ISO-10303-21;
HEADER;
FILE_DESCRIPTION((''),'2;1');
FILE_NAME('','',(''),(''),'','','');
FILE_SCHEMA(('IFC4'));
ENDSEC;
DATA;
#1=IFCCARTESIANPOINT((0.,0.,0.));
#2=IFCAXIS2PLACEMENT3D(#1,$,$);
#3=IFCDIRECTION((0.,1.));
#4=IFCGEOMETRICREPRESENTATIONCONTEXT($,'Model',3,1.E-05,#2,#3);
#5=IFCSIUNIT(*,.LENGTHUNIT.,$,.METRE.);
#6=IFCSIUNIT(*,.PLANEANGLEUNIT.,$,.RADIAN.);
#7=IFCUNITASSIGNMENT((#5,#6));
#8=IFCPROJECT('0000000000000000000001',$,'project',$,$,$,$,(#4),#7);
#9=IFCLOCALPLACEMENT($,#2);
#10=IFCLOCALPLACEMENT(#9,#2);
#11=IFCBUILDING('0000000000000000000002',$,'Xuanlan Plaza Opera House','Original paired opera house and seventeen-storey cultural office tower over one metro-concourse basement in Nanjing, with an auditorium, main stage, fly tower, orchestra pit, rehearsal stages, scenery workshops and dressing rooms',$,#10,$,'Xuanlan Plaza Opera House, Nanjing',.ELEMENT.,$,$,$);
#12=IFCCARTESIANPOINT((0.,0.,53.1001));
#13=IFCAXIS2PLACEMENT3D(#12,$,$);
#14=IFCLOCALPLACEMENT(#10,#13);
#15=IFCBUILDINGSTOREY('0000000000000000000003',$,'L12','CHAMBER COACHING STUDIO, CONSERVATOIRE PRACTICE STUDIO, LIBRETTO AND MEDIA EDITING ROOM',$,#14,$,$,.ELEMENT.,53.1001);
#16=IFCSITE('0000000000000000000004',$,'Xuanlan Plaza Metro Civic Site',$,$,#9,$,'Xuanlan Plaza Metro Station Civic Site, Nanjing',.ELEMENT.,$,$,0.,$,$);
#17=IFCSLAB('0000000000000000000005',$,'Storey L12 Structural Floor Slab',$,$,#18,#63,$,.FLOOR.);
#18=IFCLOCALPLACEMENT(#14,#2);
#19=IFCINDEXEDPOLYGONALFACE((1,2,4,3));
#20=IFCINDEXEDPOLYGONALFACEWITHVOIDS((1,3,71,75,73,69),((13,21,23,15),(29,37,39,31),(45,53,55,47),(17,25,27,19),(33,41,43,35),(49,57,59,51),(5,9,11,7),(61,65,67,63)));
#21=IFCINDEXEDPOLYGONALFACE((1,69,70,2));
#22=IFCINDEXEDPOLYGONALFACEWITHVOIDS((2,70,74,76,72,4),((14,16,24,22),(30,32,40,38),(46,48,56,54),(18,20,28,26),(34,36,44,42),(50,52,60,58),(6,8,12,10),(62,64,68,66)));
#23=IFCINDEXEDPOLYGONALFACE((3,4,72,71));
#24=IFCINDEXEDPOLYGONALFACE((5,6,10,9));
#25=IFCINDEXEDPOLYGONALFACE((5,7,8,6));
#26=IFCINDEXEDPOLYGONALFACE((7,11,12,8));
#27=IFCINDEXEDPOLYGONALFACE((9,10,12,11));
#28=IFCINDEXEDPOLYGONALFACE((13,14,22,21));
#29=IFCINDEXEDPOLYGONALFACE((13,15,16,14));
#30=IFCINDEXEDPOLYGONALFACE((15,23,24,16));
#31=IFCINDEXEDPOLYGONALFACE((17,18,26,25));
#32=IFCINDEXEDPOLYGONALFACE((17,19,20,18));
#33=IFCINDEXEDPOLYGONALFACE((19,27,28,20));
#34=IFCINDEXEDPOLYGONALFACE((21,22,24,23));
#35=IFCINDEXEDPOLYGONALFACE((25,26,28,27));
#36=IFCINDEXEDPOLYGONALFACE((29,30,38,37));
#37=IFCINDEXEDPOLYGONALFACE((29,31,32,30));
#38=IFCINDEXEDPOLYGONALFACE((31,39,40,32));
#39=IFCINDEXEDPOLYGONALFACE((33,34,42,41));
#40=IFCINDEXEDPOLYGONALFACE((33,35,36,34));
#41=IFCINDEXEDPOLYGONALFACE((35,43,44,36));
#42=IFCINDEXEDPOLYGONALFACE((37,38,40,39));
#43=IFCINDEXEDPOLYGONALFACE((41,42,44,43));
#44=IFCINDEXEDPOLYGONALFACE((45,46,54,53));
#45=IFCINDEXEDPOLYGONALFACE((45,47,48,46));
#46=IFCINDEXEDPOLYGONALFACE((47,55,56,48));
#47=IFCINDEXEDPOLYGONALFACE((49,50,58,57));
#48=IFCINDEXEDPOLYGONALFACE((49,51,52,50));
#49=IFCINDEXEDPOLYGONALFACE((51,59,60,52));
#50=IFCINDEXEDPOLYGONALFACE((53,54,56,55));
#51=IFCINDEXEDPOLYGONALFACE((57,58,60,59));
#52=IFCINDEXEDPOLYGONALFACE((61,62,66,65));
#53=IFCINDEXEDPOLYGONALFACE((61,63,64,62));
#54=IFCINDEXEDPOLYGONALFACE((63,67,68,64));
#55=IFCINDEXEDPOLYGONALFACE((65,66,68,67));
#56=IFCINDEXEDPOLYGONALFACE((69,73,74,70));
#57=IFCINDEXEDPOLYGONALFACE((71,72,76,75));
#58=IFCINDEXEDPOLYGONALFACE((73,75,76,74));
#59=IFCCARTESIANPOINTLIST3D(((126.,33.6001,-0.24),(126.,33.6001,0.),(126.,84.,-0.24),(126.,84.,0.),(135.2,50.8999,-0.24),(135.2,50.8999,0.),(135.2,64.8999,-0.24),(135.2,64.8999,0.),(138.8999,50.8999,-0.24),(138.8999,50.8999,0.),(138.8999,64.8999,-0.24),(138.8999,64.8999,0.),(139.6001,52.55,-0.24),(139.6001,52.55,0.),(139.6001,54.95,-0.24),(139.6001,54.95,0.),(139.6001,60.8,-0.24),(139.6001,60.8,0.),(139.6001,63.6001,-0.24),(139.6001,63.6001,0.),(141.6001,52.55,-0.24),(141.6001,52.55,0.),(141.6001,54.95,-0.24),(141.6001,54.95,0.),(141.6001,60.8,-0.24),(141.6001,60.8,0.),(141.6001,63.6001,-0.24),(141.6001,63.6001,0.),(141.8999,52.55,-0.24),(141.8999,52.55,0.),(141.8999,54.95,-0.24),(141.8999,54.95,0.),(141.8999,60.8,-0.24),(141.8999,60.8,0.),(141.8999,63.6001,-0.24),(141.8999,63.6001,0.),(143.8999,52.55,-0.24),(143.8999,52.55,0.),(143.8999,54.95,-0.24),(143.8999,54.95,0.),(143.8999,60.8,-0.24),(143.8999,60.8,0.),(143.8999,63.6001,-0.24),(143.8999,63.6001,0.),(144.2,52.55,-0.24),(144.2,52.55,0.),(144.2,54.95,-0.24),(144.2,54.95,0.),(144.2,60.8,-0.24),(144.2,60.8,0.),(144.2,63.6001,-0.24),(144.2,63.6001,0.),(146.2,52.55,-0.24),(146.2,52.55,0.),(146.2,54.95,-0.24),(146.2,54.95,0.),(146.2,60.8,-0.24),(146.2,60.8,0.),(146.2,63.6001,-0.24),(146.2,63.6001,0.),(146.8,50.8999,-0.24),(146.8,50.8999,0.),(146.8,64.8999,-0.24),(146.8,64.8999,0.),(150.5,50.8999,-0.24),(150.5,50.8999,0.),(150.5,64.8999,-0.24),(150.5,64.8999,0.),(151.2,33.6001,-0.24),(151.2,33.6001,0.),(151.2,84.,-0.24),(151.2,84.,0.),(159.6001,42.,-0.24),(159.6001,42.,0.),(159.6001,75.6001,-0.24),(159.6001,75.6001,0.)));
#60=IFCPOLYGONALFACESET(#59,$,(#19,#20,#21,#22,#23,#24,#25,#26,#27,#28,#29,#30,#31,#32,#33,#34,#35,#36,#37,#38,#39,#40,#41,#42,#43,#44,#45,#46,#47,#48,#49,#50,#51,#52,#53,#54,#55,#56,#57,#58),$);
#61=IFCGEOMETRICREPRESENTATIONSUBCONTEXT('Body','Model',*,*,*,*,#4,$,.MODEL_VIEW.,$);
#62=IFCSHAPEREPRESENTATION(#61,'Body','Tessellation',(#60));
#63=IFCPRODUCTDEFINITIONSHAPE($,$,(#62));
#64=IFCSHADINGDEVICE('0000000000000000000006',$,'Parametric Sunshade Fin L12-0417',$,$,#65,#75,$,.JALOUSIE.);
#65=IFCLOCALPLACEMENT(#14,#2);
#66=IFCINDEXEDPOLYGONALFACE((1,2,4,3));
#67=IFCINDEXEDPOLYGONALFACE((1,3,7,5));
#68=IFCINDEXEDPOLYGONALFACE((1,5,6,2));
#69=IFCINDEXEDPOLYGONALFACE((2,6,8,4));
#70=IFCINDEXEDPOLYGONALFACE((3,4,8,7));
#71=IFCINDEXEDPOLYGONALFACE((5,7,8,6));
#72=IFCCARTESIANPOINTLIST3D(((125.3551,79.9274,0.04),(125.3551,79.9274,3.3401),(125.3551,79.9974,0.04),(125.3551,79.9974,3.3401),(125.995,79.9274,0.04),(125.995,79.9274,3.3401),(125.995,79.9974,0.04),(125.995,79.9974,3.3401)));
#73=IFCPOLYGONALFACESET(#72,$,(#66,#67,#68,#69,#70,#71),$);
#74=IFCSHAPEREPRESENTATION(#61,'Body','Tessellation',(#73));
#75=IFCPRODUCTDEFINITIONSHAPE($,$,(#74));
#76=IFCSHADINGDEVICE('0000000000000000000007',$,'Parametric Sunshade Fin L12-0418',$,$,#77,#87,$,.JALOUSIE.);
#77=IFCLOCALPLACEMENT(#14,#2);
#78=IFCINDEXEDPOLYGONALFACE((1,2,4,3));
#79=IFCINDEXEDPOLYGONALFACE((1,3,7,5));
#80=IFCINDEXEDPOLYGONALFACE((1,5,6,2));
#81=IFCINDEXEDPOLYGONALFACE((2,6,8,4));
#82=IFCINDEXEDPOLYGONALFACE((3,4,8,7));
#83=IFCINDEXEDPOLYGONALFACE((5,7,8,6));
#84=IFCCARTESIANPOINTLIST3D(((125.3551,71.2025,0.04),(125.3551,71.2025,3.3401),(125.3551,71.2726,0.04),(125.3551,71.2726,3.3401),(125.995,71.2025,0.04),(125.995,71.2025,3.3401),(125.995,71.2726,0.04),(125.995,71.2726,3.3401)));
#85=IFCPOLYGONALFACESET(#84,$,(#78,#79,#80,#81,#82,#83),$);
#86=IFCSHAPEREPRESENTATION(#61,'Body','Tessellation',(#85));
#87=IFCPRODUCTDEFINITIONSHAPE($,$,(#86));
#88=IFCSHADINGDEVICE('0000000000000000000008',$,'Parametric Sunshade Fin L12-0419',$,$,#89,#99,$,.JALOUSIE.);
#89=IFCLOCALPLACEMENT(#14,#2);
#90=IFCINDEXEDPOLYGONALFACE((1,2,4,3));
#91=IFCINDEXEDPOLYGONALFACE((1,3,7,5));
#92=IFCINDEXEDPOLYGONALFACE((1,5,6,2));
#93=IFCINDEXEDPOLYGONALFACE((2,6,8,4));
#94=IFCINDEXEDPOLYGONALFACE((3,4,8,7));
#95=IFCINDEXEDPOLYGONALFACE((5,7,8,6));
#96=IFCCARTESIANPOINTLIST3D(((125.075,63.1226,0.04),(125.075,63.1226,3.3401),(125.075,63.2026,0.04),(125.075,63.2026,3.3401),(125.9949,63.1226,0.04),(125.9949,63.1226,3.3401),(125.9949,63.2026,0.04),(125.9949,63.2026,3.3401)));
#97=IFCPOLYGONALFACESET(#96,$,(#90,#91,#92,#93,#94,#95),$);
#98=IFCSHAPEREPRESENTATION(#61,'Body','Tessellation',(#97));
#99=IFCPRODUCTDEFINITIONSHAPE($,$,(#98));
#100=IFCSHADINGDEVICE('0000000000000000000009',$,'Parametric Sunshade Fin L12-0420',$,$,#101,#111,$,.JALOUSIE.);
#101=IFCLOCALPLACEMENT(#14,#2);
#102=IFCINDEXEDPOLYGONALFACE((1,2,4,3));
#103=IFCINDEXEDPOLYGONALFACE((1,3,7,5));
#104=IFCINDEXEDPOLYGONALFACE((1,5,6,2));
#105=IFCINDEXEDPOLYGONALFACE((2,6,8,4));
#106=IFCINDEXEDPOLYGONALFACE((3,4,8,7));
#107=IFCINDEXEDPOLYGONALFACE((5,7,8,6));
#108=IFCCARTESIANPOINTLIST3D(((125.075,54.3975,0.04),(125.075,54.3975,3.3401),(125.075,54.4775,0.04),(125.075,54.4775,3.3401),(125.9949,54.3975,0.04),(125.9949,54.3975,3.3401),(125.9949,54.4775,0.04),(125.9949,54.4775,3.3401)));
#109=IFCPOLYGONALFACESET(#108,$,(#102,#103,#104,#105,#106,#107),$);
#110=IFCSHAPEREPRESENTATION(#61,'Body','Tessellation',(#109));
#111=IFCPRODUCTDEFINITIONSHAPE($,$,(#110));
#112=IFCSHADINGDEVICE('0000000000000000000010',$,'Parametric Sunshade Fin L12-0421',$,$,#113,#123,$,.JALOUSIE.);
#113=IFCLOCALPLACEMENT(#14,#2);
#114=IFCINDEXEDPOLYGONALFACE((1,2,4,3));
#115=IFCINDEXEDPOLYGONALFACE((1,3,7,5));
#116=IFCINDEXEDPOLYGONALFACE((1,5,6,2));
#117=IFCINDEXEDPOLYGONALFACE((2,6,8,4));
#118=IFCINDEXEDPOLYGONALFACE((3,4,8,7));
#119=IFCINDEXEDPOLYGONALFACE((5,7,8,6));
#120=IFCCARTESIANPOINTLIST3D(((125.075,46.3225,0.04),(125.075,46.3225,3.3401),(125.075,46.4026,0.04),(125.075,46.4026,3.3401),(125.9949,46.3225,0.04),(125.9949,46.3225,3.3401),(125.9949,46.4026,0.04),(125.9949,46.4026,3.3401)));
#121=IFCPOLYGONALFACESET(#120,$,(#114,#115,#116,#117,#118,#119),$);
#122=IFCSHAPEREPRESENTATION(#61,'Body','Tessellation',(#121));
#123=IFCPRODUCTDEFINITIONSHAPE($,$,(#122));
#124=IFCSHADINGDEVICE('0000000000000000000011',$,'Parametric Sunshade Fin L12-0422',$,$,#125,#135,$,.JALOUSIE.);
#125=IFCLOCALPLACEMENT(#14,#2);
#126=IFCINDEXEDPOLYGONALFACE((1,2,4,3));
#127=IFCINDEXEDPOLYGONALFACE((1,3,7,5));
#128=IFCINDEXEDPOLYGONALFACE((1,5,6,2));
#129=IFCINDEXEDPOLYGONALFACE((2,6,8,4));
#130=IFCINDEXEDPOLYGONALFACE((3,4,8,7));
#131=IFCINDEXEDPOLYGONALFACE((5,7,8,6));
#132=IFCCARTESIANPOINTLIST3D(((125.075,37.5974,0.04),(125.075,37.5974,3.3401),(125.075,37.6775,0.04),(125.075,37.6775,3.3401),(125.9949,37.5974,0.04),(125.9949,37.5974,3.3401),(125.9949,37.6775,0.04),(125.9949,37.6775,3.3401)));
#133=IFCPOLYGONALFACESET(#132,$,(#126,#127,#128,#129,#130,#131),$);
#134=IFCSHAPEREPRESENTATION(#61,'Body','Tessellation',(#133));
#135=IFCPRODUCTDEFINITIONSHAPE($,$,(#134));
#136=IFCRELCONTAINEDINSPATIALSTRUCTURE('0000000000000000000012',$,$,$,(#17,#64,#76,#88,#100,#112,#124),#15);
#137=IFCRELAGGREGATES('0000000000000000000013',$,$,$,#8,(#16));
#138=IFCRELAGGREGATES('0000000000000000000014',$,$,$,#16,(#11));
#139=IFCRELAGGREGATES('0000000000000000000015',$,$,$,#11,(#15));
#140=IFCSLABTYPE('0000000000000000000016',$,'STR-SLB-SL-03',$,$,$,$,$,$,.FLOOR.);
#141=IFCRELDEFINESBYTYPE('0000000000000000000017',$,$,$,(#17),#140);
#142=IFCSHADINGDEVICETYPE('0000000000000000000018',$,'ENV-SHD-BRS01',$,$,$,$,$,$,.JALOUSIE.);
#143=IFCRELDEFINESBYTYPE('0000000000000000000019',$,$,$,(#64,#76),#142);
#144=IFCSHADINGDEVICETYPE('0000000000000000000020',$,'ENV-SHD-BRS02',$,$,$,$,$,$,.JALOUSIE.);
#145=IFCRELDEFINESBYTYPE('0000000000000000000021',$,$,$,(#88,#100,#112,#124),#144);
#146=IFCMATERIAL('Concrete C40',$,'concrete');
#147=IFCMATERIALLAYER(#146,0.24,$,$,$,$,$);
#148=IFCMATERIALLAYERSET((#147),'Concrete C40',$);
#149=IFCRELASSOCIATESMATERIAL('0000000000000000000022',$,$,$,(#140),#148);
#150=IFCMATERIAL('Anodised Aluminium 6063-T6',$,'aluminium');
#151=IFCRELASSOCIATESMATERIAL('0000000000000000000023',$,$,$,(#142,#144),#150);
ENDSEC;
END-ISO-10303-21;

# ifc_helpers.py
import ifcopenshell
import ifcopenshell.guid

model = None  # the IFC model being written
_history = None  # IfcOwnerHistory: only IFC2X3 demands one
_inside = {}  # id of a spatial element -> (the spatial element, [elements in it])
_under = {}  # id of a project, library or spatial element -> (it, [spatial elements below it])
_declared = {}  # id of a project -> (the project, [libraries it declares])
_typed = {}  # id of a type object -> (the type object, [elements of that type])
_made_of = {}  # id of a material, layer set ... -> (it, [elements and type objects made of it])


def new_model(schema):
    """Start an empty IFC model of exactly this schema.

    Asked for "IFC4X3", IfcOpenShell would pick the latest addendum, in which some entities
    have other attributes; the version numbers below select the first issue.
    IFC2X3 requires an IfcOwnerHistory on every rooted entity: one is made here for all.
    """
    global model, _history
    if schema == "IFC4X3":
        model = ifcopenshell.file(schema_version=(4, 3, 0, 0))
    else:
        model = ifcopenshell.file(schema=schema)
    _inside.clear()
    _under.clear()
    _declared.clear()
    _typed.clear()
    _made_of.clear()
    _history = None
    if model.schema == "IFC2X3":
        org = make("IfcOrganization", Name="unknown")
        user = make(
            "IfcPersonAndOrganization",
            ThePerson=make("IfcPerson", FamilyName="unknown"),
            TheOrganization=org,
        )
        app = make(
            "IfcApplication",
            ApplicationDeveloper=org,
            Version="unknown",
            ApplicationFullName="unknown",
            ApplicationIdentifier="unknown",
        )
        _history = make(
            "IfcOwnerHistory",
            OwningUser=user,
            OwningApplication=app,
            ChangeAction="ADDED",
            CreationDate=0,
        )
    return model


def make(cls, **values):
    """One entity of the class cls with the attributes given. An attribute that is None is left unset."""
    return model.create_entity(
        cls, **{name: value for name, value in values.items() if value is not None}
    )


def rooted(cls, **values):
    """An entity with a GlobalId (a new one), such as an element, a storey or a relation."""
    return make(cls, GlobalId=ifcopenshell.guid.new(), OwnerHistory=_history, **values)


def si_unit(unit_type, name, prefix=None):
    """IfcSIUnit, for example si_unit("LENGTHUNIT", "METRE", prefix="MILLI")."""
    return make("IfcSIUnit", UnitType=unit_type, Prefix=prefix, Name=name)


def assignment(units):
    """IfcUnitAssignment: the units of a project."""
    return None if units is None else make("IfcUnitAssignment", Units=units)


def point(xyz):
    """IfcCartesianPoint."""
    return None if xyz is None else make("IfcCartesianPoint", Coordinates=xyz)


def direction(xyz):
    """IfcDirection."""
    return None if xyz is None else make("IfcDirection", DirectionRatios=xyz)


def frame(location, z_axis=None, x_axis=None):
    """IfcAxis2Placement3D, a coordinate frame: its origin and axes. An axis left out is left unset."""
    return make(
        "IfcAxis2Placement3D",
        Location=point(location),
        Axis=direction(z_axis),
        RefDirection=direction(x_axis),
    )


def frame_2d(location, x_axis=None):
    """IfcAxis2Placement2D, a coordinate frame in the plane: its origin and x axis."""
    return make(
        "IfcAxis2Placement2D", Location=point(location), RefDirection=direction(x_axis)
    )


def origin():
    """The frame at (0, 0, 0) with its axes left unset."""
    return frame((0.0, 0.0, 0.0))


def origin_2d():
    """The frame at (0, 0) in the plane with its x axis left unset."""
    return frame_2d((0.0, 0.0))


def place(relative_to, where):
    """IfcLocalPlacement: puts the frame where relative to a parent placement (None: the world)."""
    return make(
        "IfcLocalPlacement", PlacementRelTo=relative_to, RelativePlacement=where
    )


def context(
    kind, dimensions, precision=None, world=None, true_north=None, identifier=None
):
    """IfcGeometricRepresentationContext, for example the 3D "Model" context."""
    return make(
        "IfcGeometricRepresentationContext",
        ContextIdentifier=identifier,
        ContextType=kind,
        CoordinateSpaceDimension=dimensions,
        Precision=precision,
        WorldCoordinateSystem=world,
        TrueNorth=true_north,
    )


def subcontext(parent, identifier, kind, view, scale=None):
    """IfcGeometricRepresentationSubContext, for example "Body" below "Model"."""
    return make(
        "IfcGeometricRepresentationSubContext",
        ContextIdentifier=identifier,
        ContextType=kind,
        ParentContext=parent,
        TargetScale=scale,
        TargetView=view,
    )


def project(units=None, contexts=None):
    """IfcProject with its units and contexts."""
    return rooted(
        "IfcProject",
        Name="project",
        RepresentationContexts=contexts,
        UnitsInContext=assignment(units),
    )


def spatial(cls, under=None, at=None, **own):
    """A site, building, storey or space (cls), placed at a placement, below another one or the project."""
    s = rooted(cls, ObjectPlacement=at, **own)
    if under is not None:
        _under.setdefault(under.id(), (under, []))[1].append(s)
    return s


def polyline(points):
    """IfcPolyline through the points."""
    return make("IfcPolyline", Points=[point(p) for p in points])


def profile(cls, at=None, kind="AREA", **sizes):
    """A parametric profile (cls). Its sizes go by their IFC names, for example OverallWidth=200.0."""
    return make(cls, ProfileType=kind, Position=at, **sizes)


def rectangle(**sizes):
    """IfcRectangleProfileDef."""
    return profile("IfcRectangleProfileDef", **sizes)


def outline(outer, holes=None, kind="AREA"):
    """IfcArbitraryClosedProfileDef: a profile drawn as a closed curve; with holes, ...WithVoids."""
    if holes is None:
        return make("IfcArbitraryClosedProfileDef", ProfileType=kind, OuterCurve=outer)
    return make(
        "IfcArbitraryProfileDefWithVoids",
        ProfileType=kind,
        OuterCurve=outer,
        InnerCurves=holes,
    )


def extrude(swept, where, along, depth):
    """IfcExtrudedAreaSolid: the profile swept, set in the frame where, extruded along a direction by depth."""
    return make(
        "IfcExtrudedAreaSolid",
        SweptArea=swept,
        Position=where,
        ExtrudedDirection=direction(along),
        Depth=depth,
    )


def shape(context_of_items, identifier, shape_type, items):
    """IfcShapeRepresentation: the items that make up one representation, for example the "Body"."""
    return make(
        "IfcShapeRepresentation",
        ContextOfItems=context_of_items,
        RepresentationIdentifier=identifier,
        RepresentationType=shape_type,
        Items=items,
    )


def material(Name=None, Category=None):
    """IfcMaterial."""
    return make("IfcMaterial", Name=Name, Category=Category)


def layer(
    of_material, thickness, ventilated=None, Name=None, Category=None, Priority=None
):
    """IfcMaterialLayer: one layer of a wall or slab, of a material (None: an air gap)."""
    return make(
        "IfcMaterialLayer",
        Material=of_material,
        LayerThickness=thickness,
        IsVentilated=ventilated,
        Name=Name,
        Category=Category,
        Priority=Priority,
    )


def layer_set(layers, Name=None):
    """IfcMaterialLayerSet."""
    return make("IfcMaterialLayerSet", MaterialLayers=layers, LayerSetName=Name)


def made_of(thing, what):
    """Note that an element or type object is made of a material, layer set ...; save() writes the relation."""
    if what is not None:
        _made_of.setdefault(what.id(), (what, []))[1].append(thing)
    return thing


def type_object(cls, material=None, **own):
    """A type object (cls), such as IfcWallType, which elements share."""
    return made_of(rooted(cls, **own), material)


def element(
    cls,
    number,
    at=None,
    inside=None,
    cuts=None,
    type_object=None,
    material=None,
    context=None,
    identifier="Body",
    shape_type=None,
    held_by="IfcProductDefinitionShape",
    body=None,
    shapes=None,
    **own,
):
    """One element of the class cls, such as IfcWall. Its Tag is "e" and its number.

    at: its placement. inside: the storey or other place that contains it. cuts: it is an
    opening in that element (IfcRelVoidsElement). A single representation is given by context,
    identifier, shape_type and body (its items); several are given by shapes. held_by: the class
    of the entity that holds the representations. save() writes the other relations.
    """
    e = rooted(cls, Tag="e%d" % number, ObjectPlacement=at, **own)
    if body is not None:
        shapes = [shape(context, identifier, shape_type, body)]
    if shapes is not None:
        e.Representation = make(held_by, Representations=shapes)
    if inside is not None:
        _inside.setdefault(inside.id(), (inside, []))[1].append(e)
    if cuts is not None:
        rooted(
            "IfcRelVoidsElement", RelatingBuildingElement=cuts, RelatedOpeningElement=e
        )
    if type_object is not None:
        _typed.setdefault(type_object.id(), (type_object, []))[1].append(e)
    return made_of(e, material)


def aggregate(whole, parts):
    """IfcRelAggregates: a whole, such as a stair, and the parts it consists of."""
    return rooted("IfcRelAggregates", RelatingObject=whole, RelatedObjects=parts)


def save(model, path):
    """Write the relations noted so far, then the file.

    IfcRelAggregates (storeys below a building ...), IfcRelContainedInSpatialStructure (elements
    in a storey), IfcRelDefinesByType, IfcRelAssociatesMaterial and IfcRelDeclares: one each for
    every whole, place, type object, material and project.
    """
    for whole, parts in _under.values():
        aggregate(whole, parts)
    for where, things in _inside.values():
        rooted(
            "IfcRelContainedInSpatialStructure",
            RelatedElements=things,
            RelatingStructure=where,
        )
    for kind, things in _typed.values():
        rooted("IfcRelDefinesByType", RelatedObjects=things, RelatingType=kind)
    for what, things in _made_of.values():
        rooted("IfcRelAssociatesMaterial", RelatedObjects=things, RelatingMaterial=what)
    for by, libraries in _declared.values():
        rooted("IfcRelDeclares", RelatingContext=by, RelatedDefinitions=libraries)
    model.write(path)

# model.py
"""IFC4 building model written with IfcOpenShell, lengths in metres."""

from ifc_helpers import new_model, si_unit, direction, frame, origin, origin_2d, place, context, subcontext, project, spatial, polyline, rectangle, outline, extrude, material, layer, layer_set, type_object, element, save


model = new_model("IFC4")

# Units and contexts
model_context = context("Model", 3, precision=1e-05, world=origin(), true_north=direction((0.0, 1.0)))
body_context = subcontext(model_context, "Body", "Model", "MODEL_VIEW")
ifc_project = project(units=[si_unit("LENGTHUNIT", "METRE"), si_unit("PLANEANGLEUNIT", "RADIAN")], contexts=[model_context])

# Site, building, storey
site_placement = place(None, origin())
site = spatial("IfcSite", under=ifc_project, at=site_placement, Name="Xuanlan Plaza Metro Civic Site", LongName="Xuanlan Plaza Metro Station Civic Site, Nanjing", CompositionType="ELEMENT", RefElevation=0.0)
building_placement = place(site_placement, origin())
building = spatial("IfcBuilding", under=site, at=building_placement, Name="Xuanlan Plaza Opera House", Description="Original paired opera house and seventeen-storey cultural office tower over one metro-concourse basement in Nanjing, with an auditorium, main stage, fly tower, orchestra pit, rehearsal stages, scenery workshops and dressing rooms", LongName="Xuanlan Plaza Opera House, Nanjing", CompositionType="ELEMENT")
storey_placement = place(building_placement, frame((0.0, 0.0, 53.1001)))
storey = spatial("IfcBuildingStorey", under=building, at=storey_placement, Name="L12", Description="CHAMBER COACHING STUDIO, CONSERVATOIRE PRACTICE STUDIO, LIBRETTO AND MEDIA EDITING ROOM", CompositionType="ELEMENT", Elevation=53.1001)

# Shared definitions
ifc_material_1 = material(Name="Anodised Aluminium 6063-T6", Category="aluminium")

# Shared definitions
ifc_material_2 = material(Name="Concrete C40", Category="concrete")

# Slab
ifc_layer_1 = layer(ifc_material_2, 0.24)
ifc_layer_set_1 = layer_set([ifc_layer_1], Name="Concrete C40")
slab_type_1 = type_object("IfcSlabType", Name="STR-SLB-SL-03", PredefinedType="FLOOR", material=ifc_layer_set_1)
slab_1_placement = place(storey_placement, frame((0.0, 0.0, -0.24)))
element("IfcSlab", 1, at=slab_1_placement, inside=storey, type_object=slab_type_1, Name="Storey L12 Structural Floor Slab", PredefinedType="FLOOR", context=body_context, shape_type="SweptSolid", body=[
    extrude(outline(polyline([(126.0, 33.6001), (151.2, 33.6001), (159.6001, 42.0), (159.6001, 75.6001), (151.2, 84.0), (126.0, 84.0), (126.0, 33.6001)]), holes=[polyline([(135.2, 50.8999), (138.8999, 50.8999), (138.8999, 64.8999), (135.2, 64.8999), (135.2, 50.8999)]), polyline([(146.8, 50.8999), (150.5, 50.8999), (150.5, 64.8999), (146.8, 64.8999), (146.8, 50.8999)]), polyline([(139.6001, 60.8), (141.6001, 60.8), (141.6001, 63.6001), (139.6001, 63.6001), (139.6001, 60.8)]), polyline([(141.8999, 60.8), (143.8999, 60.8), (143.8999, 63.6001), (141.8999, 63.6001), (141.8999, 60.8)]), polyline([(144.2, 60.8), (146.2, 60.8), (146.2, 63.6001), (144.2, 63.6001), (144.2, 60.8)]), polyline([(139.6001, 52.55), (141.6001, 52.55), (141.6001, 54.95), (139.6001, 54.95), (139.6001, 52.55)]), polyline([(141.8999, 52.55), (143.8999, 52.55), (143.8999, 54.95), (141.8999, 54.95), (141.8999, 52.55)]), polyline([(144.2, 52.55), (146.2, 52.55), (146.2, 54.95), (144.2, 54.95), (144.2, 52.55)])]), origin(), (0.0, 0.0, 1.0), 0.24),
])

# Shading devices
shading_device_type_1 = type_object("IfcShadingDeviceType", Name="ENV-SHD-BRS01", PredefinedType="JALOUSIE", material=ifc_material_1)
for number, where, z_axis, x_axis, name in (
    (2, (125.675, 79.9624, 0.04), (0.0, 0.0, 1.0), (-1.0, 0.0, 0.0), "Parametric Sunshade Fin L12-0417"),
    (3, (125.675, 71.2375, 0.04), (0.0, 0.0, 1.0), (-1.0, 0.0, 0.0), "Parametric Sunshade Fin L12-0418"),
):
    element("IfcShadingDevice", number, at=place(storey_placement, frame(where, z_axis=z_axis, x_axis=x_axis)), inside=storey, type_object=shading_device_type_1, Name=name, PredefinedType="JALOUSIE", context=body_context, shape_type="SweptSolid", body=[
        extrude(rectangle(XDim=0.6399, YDim=0.0701, at=origin_2d()), origin(), (0.0, 0.0, 1.0), 3.3),
    ])
shading_device_type_2 = type_object("IfcShadingDeviceType", Name="ENV-SHD-BRS02", PredefinedType="JALOUSIE", material=ifc_material_1)
for number, where, z_axis, x_axis, name in (
    (4, (125.5349, 63.1626, 0.04), (0.0, 0.0, 1.0), (-1.0, 0.0, 0.0), "Parametric Sunshade Fin L12-0419"),
    (5, (125.5349, 54.4375, 0.04), (0.0, 0.0, 1.0), (-1.0, 0.0, 0.0), "Parametric Sunshade Fin L12-0420"),
    (6, (125.5349, 46.3625, 0.04), (0.0, 0.0, 1.0), (-1.0, 0.0, 0.0), "Parametric Sunshade Fin L12-0421"),
    (7, (125.5349, 37.6375, 0.04), (0.0, 0.0, 1.0), (-1.0, 0.0, 0.0), "Parametric Sunshade Fin L12-0422"),
):
    element("IfcShadingDevice", number, at=place(storey_placement, frame(where, z_axis=z_axis, x_axis=x_axis)), inside=storey, type_object=shading_device_type_2, Name=name, PredefinedType="JALOUSIE", context=body_context, shape_type="SweptSolid", body=[
        extrude(rectangle(XDim=0.9199, YDim=0.0801, at=origin_2d()), origin(), (0.0, 0.0, 1.0), 3.3),
    ])

save(model, "model.ifc")
